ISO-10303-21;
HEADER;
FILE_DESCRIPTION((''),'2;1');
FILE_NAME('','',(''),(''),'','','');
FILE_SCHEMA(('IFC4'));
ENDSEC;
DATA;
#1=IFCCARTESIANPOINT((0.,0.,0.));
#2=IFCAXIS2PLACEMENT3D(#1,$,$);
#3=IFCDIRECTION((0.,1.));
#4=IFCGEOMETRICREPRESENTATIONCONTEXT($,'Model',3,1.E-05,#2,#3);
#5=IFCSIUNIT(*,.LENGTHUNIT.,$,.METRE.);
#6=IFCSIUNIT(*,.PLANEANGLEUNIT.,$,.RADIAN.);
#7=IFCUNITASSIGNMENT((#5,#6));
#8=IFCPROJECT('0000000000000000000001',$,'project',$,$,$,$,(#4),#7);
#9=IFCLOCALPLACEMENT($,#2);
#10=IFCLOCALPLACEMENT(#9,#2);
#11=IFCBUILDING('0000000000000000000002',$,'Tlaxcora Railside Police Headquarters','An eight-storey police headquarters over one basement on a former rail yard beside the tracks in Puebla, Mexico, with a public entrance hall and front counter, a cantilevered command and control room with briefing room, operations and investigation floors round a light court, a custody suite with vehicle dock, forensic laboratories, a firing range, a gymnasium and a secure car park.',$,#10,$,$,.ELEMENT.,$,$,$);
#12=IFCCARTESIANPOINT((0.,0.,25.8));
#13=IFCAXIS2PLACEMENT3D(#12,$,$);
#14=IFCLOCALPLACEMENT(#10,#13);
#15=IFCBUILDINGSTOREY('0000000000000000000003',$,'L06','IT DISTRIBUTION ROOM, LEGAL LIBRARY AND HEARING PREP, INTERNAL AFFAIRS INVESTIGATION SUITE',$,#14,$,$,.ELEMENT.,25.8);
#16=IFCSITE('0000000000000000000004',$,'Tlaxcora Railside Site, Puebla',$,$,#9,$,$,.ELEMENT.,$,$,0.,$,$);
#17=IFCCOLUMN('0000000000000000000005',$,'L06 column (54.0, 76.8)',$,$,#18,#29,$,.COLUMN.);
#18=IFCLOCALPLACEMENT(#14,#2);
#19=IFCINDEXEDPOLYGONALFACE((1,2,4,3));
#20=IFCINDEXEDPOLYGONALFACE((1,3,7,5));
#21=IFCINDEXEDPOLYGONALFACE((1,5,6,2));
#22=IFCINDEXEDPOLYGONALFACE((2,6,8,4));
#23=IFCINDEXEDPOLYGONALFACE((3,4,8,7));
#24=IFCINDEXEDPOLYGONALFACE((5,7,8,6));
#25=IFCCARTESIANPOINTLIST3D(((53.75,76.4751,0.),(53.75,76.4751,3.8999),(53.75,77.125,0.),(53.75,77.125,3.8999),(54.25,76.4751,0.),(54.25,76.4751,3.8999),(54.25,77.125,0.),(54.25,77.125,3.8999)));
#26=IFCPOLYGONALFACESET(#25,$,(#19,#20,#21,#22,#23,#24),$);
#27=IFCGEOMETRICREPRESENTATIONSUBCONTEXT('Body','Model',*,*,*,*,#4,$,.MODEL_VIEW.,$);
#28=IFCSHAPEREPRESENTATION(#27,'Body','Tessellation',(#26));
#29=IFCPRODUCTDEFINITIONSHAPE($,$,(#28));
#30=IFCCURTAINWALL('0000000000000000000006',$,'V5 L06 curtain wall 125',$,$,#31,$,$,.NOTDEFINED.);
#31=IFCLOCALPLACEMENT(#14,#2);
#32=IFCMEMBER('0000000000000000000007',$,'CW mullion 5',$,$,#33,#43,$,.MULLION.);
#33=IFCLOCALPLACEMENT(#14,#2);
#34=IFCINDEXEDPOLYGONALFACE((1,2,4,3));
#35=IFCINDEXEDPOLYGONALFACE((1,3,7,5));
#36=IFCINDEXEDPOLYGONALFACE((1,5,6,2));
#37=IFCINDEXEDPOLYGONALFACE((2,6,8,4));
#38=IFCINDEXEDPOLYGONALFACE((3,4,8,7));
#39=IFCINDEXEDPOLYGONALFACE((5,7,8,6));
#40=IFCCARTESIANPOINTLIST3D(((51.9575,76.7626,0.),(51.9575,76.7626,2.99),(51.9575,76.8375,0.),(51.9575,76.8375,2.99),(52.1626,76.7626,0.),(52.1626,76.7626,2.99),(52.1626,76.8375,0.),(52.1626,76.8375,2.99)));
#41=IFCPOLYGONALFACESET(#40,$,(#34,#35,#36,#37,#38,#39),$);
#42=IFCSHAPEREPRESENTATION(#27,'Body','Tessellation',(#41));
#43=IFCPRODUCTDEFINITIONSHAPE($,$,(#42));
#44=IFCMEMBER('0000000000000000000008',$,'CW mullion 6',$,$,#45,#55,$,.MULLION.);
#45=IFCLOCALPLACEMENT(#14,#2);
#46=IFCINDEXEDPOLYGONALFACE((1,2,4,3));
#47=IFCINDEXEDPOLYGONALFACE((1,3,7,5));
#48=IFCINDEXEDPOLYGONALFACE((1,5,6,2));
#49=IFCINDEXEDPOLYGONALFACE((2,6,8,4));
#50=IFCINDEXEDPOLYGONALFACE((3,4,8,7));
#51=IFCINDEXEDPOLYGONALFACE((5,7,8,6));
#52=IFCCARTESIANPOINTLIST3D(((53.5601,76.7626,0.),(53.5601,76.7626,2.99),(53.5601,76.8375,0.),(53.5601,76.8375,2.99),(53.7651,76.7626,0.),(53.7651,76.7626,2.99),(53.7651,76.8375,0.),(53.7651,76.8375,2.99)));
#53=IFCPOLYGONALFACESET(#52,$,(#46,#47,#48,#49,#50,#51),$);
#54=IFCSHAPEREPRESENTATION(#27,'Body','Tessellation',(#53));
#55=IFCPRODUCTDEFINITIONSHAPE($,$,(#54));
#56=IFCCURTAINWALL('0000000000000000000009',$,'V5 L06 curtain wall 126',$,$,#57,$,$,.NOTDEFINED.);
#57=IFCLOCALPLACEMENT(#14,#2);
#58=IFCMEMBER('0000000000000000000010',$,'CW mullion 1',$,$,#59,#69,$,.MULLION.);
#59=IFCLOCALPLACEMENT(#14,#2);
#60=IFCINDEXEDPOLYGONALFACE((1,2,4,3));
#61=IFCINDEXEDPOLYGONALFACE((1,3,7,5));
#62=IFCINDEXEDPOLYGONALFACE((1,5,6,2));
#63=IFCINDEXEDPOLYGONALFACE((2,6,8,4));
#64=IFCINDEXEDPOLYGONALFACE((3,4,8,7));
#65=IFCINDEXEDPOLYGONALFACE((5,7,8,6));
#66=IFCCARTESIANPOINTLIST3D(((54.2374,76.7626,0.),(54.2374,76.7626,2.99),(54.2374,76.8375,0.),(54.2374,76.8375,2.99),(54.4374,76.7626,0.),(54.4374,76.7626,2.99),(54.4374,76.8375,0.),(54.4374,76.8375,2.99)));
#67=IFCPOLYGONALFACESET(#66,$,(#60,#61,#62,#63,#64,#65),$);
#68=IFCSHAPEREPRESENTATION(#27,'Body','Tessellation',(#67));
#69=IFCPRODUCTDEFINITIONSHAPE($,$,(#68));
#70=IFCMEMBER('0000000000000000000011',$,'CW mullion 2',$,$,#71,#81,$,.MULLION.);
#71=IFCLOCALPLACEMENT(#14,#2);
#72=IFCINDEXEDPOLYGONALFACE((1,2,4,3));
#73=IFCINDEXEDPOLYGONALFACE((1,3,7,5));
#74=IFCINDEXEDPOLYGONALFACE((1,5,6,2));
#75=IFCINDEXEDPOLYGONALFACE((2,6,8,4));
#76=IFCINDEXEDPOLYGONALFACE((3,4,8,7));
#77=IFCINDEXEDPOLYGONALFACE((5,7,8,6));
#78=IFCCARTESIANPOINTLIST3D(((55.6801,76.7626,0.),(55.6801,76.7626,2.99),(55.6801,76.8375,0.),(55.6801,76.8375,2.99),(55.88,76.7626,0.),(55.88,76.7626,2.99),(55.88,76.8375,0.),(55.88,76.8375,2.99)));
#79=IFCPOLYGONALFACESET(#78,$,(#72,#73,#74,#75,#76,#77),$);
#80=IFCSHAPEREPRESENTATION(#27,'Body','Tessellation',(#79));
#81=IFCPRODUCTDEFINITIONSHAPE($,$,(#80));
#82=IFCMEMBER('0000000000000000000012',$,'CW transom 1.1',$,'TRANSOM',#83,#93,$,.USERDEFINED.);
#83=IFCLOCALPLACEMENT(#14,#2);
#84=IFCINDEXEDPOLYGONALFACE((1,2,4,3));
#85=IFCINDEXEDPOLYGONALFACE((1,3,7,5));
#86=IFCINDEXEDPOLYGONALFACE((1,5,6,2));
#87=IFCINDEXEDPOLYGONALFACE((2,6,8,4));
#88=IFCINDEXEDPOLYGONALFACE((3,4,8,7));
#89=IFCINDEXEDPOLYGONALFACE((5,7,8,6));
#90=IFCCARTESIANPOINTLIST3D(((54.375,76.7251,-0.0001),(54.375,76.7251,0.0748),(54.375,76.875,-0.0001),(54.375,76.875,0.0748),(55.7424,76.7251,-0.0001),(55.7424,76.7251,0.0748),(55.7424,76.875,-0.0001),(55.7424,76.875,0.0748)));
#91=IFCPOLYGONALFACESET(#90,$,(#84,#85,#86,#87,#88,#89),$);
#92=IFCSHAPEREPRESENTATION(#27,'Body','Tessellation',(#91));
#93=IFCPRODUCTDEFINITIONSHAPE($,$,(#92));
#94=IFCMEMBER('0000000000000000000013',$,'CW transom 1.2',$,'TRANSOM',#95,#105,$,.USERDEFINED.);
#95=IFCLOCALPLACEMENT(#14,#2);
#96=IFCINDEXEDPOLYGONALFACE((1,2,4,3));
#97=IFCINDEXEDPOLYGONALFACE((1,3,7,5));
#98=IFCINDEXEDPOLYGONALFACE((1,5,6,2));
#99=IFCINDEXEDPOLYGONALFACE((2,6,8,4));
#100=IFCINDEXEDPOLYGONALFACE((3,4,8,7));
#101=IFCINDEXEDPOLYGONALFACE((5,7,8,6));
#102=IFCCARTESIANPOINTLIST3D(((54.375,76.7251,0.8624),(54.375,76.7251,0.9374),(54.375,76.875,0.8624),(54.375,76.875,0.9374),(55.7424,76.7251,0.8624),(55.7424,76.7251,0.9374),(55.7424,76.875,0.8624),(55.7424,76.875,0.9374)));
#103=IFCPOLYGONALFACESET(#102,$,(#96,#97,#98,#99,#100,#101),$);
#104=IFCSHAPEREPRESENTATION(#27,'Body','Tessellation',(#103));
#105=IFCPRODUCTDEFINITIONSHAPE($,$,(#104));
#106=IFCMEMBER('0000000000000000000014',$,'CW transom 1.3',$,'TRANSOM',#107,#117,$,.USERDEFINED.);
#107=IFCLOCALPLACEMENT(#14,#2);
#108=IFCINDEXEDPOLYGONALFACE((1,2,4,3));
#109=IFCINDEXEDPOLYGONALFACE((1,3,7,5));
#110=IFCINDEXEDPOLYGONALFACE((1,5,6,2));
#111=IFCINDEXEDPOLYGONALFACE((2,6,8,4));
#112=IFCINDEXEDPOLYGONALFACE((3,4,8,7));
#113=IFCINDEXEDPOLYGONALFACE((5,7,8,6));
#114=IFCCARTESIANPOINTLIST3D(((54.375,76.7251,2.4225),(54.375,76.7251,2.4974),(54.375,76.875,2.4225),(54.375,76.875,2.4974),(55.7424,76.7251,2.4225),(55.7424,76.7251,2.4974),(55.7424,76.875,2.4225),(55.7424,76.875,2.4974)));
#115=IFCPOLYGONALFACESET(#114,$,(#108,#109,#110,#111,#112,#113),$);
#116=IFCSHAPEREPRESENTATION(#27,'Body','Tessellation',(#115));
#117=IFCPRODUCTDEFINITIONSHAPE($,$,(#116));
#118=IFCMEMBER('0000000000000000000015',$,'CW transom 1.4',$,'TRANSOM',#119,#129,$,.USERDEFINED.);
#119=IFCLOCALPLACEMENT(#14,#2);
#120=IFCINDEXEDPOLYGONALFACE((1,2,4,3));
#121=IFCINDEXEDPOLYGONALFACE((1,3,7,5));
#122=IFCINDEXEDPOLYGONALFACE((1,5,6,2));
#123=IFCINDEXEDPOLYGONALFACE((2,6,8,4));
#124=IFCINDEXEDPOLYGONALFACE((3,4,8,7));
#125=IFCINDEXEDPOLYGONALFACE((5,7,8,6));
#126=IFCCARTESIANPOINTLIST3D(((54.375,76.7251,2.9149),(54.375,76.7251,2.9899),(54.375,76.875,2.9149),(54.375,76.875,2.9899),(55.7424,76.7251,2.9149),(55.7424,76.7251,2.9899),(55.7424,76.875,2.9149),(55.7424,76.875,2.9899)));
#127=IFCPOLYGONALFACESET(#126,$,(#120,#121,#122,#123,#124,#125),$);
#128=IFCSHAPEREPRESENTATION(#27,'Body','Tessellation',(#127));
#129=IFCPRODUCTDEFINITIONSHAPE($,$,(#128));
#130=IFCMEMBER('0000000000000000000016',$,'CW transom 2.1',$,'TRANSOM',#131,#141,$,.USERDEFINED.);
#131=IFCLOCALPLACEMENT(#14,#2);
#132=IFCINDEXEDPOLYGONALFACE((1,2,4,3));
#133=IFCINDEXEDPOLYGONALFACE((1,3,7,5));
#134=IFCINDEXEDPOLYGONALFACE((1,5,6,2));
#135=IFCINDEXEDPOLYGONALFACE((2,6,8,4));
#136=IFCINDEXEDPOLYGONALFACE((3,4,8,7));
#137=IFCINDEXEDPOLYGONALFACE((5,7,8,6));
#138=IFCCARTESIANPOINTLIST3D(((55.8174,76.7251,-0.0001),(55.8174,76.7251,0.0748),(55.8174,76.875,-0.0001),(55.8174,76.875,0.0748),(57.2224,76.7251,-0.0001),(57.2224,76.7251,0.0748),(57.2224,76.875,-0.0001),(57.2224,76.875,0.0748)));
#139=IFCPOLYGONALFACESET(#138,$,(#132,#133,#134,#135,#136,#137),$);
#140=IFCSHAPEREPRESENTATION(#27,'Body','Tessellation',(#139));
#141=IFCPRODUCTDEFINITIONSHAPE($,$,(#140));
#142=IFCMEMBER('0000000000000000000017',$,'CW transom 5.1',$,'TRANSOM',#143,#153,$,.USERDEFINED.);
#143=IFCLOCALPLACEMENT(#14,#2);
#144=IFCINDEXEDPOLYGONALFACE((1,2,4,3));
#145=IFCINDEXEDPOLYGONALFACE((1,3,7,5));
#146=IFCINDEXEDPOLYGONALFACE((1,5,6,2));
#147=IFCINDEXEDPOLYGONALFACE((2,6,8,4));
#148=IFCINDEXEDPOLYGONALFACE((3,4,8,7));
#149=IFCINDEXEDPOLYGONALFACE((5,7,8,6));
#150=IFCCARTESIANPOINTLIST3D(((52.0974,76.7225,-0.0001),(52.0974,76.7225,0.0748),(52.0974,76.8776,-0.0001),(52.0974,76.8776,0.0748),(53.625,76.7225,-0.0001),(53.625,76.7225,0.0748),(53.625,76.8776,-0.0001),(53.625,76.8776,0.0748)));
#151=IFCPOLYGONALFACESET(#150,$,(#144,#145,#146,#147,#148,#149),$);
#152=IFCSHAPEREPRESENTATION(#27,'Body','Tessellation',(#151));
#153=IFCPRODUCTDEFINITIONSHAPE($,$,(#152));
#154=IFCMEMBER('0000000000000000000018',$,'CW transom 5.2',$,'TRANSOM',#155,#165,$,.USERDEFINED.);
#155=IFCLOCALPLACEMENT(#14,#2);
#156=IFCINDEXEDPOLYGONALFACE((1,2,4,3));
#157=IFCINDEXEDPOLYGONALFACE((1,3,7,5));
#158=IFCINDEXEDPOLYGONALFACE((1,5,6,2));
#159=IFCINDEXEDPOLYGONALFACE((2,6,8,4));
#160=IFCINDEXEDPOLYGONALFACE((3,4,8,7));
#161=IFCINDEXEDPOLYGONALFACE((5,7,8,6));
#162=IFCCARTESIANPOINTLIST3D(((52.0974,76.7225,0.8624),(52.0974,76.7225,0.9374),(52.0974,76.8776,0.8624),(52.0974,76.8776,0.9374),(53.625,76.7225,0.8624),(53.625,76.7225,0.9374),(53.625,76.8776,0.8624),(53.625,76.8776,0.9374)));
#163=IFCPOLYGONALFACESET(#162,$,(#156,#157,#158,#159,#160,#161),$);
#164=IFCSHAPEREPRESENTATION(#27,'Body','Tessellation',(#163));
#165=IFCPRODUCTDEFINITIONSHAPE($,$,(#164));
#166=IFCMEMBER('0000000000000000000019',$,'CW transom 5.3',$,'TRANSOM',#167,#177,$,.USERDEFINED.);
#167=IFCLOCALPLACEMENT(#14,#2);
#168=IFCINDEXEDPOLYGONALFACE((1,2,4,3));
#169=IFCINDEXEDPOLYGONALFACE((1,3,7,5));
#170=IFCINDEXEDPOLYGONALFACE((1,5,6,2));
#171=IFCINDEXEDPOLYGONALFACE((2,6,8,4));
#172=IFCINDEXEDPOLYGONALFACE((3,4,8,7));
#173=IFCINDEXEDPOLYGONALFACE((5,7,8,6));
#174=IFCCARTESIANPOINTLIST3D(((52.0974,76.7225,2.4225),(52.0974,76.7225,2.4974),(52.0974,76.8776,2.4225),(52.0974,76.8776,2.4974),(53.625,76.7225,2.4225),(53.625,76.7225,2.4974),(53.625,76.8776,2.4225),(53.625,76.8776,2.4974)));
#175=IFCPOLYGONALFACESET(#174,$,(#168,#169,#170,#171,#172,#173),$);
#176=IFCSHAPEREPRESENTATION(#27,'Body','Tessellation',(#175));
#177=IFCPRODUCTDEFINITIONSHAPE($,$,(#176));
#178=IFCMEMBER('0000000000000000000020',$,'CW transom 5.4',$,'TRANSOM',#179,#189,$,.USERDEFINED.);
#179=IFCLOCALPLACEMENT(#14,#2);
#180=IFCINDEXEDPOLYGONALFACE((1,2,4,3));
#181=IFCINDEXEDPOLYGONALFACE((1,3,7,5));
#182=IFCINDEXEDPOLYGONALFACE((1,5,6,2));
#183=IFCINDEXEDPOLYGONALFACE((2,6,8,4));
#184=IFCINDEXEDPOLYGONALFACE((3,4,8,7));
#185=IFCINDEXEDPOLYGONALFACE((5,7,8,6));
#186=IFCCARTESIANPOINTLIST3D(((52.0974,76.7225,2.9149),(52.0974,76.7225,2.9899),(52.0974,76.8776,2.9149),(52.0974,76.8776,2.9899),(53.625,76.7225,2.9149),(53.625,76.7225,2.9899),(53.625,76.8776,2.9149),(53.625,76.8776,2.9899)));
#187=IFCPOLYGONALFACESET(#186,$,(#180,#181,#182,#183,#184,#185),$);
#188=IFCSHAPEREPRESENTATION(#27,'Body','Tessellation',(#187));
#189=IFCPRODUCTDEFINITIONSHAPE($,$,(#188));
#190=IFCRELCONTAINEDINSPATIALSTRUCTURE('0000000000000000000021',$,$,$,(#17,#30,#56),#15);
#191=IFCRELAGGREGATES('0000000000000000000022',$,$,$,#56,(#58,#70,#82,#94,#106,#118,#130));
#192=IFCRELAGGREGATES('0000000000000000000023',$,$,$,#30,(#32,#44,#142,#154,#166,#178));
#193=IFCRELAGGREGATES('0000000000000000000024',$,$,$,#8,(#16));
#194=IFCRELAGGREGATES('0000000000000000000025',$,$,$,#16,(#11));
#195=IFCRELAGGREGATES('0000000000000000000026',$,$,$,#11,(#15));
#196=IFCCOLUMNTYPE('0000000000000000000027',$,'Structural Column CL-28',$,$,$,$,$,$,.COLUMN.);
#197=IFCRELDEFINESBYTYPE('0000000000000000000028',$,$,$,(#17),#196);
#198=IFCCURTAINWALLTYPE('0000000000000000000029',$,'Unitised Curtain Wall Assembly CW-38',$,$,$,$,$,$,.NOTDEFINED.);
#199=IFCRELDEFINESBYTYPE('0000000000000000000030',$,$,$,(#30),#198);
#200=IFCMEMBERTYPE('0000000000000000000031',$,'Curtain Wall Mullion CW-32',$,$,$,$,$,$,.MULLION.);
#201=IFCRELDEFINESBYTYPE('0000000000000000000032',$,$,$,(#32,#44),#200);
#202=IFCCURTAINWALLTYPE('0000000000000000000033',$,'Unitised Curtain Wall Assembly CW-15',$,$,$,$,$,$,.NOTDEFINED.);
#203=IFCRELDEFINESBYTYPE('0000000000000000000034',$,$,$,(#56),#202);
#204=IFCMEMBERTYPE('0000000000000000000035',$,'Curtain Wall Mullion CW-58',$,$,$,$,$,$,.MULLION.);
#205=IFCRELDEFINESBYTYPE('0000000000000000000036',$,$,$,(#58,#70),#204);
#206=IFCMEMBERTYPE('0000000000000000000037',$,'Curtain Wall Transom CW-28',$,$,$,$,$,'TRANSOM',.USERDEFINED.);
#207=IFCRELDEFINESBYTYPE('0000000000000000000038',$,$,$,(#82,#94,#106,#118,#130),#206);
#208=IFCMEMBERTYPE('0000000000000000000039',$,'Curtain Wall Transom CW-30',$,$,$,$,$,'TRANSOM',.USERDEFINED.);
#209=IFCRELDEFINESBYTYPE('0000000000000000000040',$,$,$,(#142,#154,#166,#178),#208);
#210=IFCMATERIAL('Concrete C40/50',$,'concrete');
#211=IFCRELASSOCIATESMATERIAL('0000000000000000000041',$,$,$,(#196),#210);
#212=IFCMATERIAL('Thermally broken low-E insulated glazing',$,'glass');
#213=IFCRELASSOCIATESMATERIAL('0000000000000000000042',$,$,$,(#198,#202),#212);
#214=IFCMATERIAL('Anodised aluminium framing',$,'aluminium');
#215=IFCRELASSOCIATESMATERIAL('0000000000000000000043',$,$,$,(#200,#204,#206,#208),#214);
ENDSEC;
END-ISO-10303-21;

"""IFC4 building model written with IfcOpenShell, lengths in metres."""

from ifc_helpers import new_model, si_unit, direction, frame, origin, origin_2d, place, context, subcontext, project, spatial, rectangle, extrude, material, material_profile, profile_set, type_object, element, aggregate, save


model = new_model("IFC4")

# Units and contexts
model_context = context("Model", 3, precision=1e-05, world=origin(), true_north=direction((0.0, 1.0)))
body_context = subcontext(model_context, "Body", "Model", "MODEL_VIEW")
ifc_project = project(units=[si_unit("LENGTHUNIT", "METRE"), si_unit("PLANEANGLEUNIT", "RADIAN")], contexts=[model_context])

# Site, building, storey
site_placement = place(None, origin())
site = spatial("IfcSite", under=ifc_project, at=site_placement, Name="Tlaxcora Railside Site, Puebla", CompositionType="ELEMENT", RefElevation=0.0)
building_placement = place(site_placement, origin())
building = spatial("IfcBuilding", under=site, at=building_placement, Name="Tlaxcora Railside Police Headquarters", Description="An eight-storey police headquarters over one basement on a former rail yard beside the tracks in Puebla, Mexico, with a public entrance hall and front counter, a cantilevered command and control room with briefing room, operations and investigation floors round a light court, a custody suite with vehicle dock, forensic laboratories, a firing range, a gymnasium and a secure car park.", CompositionType="ELEMENT")
storey_placement = place(building_placement, frame((0.0, 0.0, 25.8)))
storey = spatial("IfcBuildingStorey", under=building, at=storey_placement, Name="L06", Description="IT DISTRIBUTION ROOM, LEGAL LIBRARY AND HEARING PREP, INTERNAL AFFAIRS INVESTIGATION SUITE", CompositionType="ELEMENT", Elevation=25.8)

# Column
ifc_material_1 = material(Name="Concrete C40/50", Category="concrete")
ifc_material_profile_1 = material_profile(ifc_material_1, rectangle(XDim=0.5, YDim=0.6499, at=origin_2d()), Name="RC500X650")
ifc_profile_set_1 = profile_set([ifc_material_profile_1], Name="Concrete C40/50")
column_type = type_object("IfcColumnType", Name="Structural Column CL-28", PredefinedType="COLUMN", material=ifc_profile_set_1)
column_placement = place(storey_placement, frame((54.0, 76.8, 0.0), z_axis=(0.0, 0.0, 1.0), x_axis=(1.0, 0.0, 0.0)))
element("IfcColumn", 1, at=column_placement, inside=storey, type_object=column_type, Name="L06 column (54.0, 76.8)", PredefinedType="COLUMN", context=body_context, shape_type="SweptSolid", body=[
    extrude(rectangle(XDim=0.5, YDim=0.6499, at=origin_2d()), origin(), (0.0, 0.0, 1.0), 3.8999),
])

# Curtain walls, members
ifc_material_2 = material(Name="Thermally broken low-E insulated glazing", Category="glass")
curtain_wall_type_1 = type_object("IfcCurtainWallType", Name="Unitised Curtain Wall Assembly CW-38", PredefinedType="NOTDEFINED", material=ifc_material_2)
curtain_wall_1_placement = place(storey_placement, origin())
curtain_wall_1 = element("IfcCurtainWall", 2, at=curtain_wall_1_placement, inside=storey, type_object=curtain_wall_type_1, Name="V5 L06 curtain wall 125", PredefinedType="NOTDEFINED")
ifc_material_3 = material(Name="Anodised aluminium framing", Category="aluminium")
ifc_material_profile_2 = material_profile(ifc_material_3, rectangle(XDim=0.075, YDim=0.2051, at=origin_2d()), Name="AL75X205")
ifc_profile_set_2 = profile_set([ifc_material_profile_2], Name="Anodised aluminium framing")
member_type_1 = type_object("IfcMemberType", Name="Curtain Wall Mullion CW-32", PredefinedType="MULLION", material=ifc_profile_set_2)
member_1_placement = place(storey_placement, frame((52.0601, 76.8, 0.0), z_axis=(0.0, 0.0, 1.0), x_axis=(0.0, 1.0, 0.0)))
member_1 = element("IfcMember", 3, at=member_1_placement, type_object=member_type_1, Name="CW mullion 5", PredefinedType="MULLION", context=body_context, shape_type="SweptSolid", body=[
    extrude(rectangle(XDim=0.075, YDim=0.2051, at=origin_2d()), origin(), (0.0, 0.0, 1.0), 2.99),
])
member_2_placement = place(storey_placement, frame((53.6626, 76.8, 0.0), z_axis=(0.0, 0.0, 1.0), x_axis=(0.0, 1.0, 0.0)))
member_2 = element("IfcMember", 4, at=member_2_placement, type_object=member_type_1, Name="CW mullion 6", PredefinedType="MULLION", context=body_context, shape_type="SweptSolid", body=[
    extrude(rectangle(XDim=0.075, YDim=0.2051, at=origin_2d()), origin(), (0.0, 0.0, 1.0), 2.99),
])
curtain_wall_type_2 = type_object("IfcCurtainWallType", Name="Unitised Curtain Wall Assembly CW-15", PredefinedType="NOTDEFINED", material=ifc_material_2)
curtain_wall_2_placement = place(storey_placement, origin())
curtain_wall_2 = element("IfcCurtainWall", 5, at=curtain_wall_2_placement, inside=storey, type_object=curtain_wall_type_2, Name="V5 L06 curtain wall 126", PredefinedType="NOTDEFINED")
ifc_material_profile_3 = material_profile(ifc_material_3, rectangle(XDim=0.075, YDim=0.2, at=origin_2d()), Name="AL75X200")
ifc_profile_set_3 = profile_set([ifc_material_profile_3], Name="Anodised aluminium framing")
member_type_2 = type_object("IfcMemberType", Name="Curtain Wall Mullion CW-58", PredefinedType="MULLION", material=ifc_profile_set_3)
member_3_placement = place(storey_placement, frame((54.3374, 76.8, 0.0), z_axis=(0.0, 0.0, 1.0), x_axis=(0.0, 1.0, 0.0)))
member_3 = element("IfcMember", 6, at=member_3_placement, type_object=member_type_2, Name="CW mullion 1", PredefinedType="MULLION", context=body_context, shape_type="SweptSolid", body=[
    extrude(rectangle(XDim=0.075, YDim=0.2, at=origin_2d()), origin(), (0.0, 0.0, 1.0), 2.99),
])
member_4_placement = place(storey_placement, frame((55.78, 76.8, 0.0), z_axis=(0.0, 0.0, 1.0), x_axis=(0.0, 1.0, 0.0)))
member_4 = element("IfcMember", 7, at=member_4_placement, type_object=member_type_2, Name="CW mullion 2", PredefinedType="MULLION", context=body_context, shape_type="SweptSolid", body=[
    extrude(rectangle(XDim=0.075, YDim=0.2, at=origin_2d()), origin(), (0.0, 0.0, 1.0), 2.99),
])
ifc_material_profile_4 = material_profile(ifc_material_3, rectangle(XDim=0.1499, YDim=0.075, at=origin_2d()), Name="AL75X150")
ifc_profile_set_4 = profile_set([ifc_material_profile_4], Name="Anodised aluminium framing")
member_type_3 = type_object("IfcMemberType", Name="Curtain Wall Transom CW-28", ElementType="TRANSOM", PredefinedType="USERDEFINED", material=ifc_profile_set_4)
member_5_placement = place(storey_placement, frame((54.375, 76.8, 0.0374), z_axis=(1.0, 0.0, 0.0), x_axis=(0.0, 1.0, 0.0)))
member_5 = element("IfcMember", 8, at=member_5_placement, type_object=member_type_3, Name="CW transom 1.1", ObjectType="TRANSOM", PredefinedType="USERDEFINED", context=body_context, shape_type="SweptSolid", body=[
    extrude(rectangle(XDim=0.1499, YDim=0.075, at=origin_2d()), origin(), (0.0, 0.0, 1.0), 1.3674),
])
member_6_placement = place(storey_placement, frame((54.375, 76.8, 0.8999), z_axis=(1.0, 0.0, 0.0), x_axis=(0.0, 1.0, 0.0)))
member_6 = element("IfcMember", 9, at=member_6_placement, type_object=member_type_3, Name="CW transom 1.2", ObjectType="TRANSOM", PredefinedType="USERDEFINED", context=body_context, shape_type="SweptSolid", body=[
    extrude(rectangle(XDim=0.1499, YDim=0.075, at=origin_2d()), origin(), (0.0, 0.0, 1.0), 1.3674),
])
member_7_placement = place(storey_placement, frame((54.375, 76.8, 2.46), z_axis=(1.0, 0.0, 0.0), x_axis=(0.0, 1.0, 0.0)))
member_7 = element("IfcMember", 10, at=member_7_placement, type_object=member_type_3, Name="CW transom 1.3", ObjectType="TRANSOM", PredefinedType="USERDEFINED", context=body_context, shape_type="SweptSolid", body=[
    extrude(rectangle(XDim=0.1499, YDim=0.075, at=origin_2d()), origin(), (0.0, 0.0, 1.0), 1.3674),
])
member_8_placement = place(storey_placement, frame((54.375, 76.8, 2.9524), z_axis=(1.0, 0.0, 0.0), x_axis=(0.0, 1.0, 0.0)))
member_8 = element("IfcMember", 11, at=member_8_placement, type_object=member_type_3, Name="CW transom 1.4", ObjectType="TRANSOM", PredefinedType="USERDEFINED", context=body_context, shape_type="SweptSolid", body=[
    extrude(rectangle(XDim=0.1499, YDim=0.075, at=origin_2d()), origin(), (0.0, 0.0, 1.0), 1.3674),
])
member_9_placement = place(storey_placement, frame((55.8174, 76.8, 0.0374), z_axis=(1.0, 0.0, 0.0), x_axis=(0.0, 1.0, 0.0)))
member_9 = element("IfcMember", 12, at=member_9_placement, type_object=member_type_3, Name="CW transom 2.1", ObjectType="TRANSOM", PredefinedType="USERDEFINED", context=body_context, shape_type="SweptSolid", body=[
    extrude(rectangle(XDim=0.1499, YDim=0.075, at=origin_2d()), origin(), (0.0, 0.0, 1.0), 1.405),
])

# Members
ifc_material_profile_5 = material_profile(ifc_material_3, rectangle(XDim=0.155, YDim=0.075, at=origin_2d()), Name="AL75X155")
ifc_profile_set_5 = profile_set([ifc_material_profile_5], Name="Anodised aluminium framing")
member_type_4 = type_object("IfcMemberType", Name="Curtain Wall Transom CW-30", ElementType="TRANSOM", PredefinedType="USERDEFINED", material=ifc_profile_set_5)
member_10_placement = place(storey_placement, frame((52.0974, 76.8, 0.0374), z_axis=(1.0, 0.0, 0.0), x_axis=(0.0, 1.0, 0.0)))
member_10 = element("IfcMember", 13, at=member_10_placement, type_object=member_type_4, Name="CW transom 5.1", ObjectType="TRANSOM", PredefinedType="USERDEFINED", context=body_context, shape_type="SweptSolid", body=[
    extrude(rectangle(XDim=0.155, YDim=0.075, at=origin_2d()), origin(), (0.0, 0.0, 1.0), 1.5276),
])
member_11_placement = place(storey_placement, frame((52.0974, 76.8, 0.8999), z_axis=(1.0, 0.0, 0.0), x_axis=(0.0, 1.0, 0.0)))
member_11 = element("IfcMember", 14, at=member_11_placement, type_object=member_type_4, Name="CW transom 5.2", ObjectType="TRANSOM", PredefinedType="USERDEFINED", context=body_context, shape_type="SweptSolid", body=[
    extrude(rectangle(XDim=0.155, YDim=0.075, at=origin_2d()), origin(), (0.0, 0.0, 1.0), 1.5276),
])
member_12_placement = place(storey_placement, frame((52.0974, 76.8, 2.46), z_axis=(1.0, 0.0, 0.0), x_axis=(0.0, 1.0, 0.0)))
member_12 = element("IfcMember", 15, at=member_12_placement, type_object=member_type_4, Name="CW transom 5.3", ObjectType="TRANSOM", PredefinedType="USERDEFINED", context=body_context, shape_type="SweptSolid", body=[
    extrude(rectangle(XDim=0.155, YDim=0.075, at=origin_2d()), origin(), (0.0, 0.0, 1.0), 1.5276),
])
member_13_placement = place(storey_placement, frame((52.0974, 76.8, 2.9524), z_axis=(1.0, 0.0, 0.0), x_axis=(0.0, 1.0, 0.0)))
member_13 = element("IfcMember", 16, at=member_13_placement, type_object=member_type_4, Name="CW transom 5.4", ObjectType="TRANSOM", PredefinedType="USERDEFINED", context=body_context, shape_type="SweptSolid", body=[
    extrude(rectangle(XDim=0.155, YDim=0.075, at=origin_2d()), origin(), (0.0, 0.0, 1.0), 1.5276),
])

aggregate(curtain_wall_2, [member_3, member_4, member_5, member_6, member_7, member_8, member_9])
aggregate(curtain_wall_1, [member_1, member_2, member_10, member_11, member_12, member_13])

save(model, "model.ifc")
